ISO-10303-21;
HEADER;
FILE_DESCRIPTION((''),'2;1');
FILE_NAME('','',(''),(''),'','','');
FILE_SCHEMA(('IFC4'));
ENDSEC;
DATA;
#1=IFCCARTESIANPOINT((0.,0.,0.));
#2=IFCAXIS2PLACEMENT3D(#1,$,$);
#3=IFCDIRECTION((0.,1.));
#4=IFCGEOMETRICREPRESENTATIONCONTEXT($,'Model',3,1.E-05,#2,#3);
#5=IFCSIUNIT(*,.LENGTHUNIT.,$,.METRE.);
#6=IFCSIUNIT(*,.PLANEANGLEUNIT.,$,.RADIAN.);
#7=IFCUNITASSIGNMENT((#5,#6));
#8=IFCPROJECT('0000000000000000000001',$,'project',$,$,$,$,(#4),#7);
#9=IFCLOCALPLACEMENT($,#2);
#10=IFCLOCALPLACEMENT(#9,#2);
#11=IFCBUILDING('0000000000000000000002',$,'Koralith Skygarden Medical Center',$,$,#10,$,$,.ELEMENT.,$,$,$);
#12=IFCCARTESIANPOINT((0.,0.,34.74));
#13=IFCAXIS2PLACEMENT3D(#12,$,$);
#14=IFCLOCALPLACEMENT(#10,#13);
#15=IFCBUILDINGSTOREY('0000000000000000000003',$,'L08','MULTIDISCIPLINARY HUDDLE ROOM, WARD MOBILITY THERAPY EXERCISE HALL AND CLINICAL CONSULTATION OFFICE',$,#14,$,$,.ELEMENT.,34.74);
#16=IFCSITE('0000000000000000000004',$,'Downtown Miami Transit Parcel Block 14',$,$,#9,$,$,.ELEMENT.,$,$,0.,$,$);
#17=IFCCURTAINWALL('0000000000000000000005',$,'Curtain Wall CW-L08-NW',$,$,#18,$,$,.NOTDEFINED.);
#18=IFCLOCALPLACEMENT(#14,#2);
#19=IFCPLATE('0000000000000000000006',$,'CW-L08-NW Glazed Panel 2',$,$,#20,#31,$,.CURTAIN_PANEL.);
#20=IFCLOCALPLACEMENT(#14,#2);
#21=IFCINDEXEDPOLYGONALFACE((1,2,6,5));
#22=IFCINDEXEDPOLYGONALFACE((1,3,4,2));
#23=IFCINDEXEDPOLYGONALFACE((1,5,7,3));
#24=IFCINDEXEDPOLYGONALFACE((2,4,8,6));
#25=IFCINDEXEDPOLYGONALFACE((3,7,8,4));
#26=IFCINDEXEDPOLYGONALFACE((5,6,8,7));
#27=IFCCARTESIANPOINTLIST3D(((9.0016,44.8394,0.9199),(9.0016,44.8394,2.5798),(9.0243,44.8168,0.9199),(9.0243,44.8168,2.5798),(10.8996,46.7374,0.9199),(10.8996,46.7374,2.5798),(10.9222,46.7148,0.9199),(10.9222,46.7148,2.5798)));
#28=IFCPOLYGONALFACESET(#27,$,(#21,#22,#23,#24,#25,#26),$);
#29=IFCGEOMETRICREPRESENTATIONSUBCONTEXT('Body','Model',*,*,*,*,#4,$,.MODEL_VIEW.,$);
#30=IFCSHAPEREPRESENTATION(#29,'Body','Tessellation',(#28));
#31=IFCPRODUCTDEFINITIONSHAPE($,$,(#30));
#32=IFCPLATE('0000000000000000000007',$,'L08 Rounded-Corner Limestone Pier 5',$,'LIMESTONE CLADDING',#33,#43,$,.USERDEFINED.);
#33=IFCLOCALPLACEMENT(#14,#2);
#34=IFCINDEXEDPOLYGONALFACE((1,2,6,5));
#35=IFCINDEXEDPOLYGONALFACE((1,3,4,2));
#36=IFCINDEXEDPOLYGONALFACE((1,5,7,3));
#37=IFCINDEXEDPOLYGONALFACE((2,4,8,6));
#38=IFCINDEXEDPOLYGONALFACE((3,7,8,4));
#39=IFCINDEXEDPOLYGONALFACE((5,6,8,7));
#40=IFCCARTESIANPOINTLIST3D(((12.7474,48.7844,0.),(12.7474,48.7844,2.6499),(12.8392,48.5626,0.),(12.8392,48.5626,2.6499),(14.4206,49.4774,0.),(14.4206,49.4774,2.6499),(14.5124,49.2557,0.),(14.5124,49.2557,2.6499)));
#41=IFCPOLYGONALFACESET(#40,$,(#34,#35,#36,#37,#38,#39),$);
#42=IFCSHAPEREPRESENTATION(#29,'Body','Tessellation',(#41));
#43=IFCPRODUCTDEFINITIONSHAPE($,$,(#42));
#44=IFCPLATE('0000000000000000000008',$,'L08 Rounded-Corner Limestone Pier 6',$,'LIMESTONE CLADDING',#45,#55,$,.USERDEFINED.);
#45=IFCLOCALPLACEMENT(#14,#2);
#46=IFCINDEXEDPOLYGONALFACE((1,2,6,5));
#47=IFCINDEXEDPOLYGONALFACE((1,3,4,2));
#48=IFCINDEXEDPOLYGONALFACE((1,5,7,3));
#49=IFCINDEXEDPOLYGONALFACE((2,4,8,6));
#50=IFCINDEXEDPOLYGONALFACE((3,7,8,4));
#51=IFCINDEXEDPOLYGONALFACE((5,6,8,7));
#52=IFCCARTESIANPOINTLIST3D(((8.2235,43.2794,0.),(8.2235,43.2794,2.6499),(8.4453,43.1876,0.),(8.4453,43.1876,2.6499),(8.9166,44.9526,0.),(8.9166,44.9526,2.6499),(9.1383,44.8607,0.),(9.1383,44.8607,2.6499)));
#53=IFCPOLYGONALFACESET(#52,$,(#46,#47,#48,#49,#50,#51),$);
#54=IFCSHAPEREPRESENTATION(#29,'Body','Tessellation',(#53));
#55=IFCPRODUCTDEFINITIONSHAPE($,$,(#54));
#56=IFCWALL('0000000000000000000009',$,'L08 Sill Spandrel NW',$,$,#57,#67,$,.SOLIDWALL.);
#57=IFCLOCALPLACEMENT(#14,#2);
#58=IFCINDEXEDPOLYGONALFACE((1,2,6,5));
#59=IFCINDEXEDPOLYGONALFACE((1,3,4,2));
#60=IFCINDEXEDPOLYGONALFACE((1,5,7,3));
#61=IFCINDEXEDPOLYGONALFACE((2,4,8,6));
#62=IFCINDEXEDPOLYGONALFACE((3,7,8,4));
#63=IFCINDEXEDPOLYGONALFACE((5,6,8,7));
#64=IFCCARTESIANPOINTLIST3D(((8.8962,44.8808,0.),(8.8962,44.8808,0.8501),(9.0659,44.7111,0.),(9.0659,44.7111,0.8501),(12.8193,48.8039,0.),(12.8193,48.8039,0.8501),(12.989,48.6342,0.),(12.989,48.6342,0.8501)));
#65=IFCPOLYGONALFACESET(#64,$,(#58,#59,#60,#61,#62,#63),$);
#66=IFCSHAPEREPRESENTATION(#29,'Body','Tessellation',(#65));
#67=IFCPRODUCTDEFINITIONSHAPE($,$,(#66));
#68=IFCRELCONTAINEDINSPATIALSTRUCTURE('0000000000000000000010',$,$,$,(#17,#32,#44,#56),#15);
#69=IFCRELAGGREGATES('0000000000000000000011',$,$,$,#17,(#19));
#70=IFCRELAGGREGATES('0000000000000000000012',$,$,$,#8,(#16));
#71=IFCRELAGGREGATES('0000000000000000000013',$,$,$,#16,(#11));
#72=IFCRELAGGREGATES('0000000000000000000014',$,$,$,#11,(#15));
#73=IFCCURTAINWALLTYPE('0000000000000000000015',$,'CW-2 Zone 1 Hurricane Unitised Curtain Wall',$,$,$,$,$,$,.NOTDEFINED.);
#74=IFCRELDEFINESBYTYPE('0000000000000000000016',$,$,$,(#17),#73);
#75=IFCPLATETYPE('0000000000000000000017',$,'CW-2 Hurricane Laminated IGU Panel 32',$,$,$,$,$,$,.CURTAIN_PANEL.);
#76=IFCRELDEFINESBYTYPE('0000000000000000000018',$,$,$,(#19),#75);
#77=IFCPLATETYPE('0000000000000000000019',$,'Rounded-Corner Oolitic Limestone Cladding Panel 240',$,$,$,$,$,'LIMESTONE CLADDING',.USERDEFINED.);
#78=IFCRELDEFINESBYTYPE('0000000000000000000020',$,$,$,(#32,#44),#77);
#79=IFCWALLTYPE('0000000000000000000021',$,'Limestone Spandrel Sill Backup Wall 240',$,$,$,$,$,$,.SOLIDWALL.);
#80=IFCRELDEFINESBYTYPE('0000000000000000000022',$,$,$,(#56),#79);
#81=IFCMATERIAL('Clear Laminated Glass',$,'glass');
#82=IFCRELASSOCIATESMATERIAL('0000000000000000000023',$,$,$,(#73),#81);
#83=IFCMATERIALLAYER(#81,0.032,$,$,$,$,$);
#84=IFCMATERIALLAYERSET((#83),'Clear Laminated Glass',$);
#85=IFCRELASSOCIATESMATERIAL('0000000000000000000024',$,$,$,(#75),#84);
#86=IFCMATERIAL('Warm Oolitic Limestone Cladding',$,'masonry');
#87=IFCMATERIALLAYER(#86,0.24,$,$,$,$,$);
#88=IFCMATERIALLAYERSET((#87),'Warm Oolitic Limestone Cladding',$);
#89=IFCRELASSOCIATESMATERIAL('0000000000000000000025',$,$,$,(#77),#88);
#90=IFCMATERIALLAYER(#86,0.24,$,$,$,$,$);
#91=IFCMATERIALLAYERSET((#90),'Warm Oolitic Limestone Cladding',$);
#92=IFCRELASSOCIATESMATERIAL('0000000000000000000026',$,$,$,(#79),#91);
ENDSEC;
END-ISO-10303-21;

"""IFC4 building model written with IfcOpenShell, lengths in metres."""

from ifc_helpers import new_model, si_unit, direction, frame, frame_2d, origin, origin_2d, place, context, subcontext, project, spatial, rectangle, extrude, material, layer, layer_set, type_object, element, aggregate, save


model = new_model("IFC4")

# Units and contexts
model_context = context("Model", 3, precision=1e-05, world=origin(), true_north=direction((0.0, 1.0)))
body_context = subcontext(model_context, "Body", "Model", "MODEL_VIEW")
ifc_project = project(units=[si_unit("LENGTHUNIT", "METRE"), si_unit("PLANEANGLEUNIT", "RADIAN")], contexts=[model_context])

# Site, building, storey
site_placement = place(None, origin())
site = spatial("IfcSite", under=ifc_project, at=site_placement, Name="Downtown Miami Transit Parcel Block 14", CompositionType="ELEMENT", RefElevation=0.0)
building_placement = place(site_placement, origin())
building = spatial("IfcBuilding", under=site, at=building_placement, Name="Koralith Skygarden Medical Center", CompositionType="ELEMENT")
storey_placement = place(building_placement, frame((0.0, 0.0, 34.74)))
storey = spatial("IfcBuildingStorey", under=building, at=storey_placement, Name="L08", Description="MULTIDISCIPLINARY HUDDLE ROOM, WARD MOBILITY THERAPY EXERCISE HALL AND CLINICAL CONSULTATION OFFICE", CompositionType="ELEMENT", Elevation=34.74)

# Shared definitions
ifc_material_1 = material(Name="Clear Laminated Glass", Category="glass")
curtain_wall_type = type_object("IfcCurtainWallType", Name="CW-2 Zone 1 Hurricane Unitised Curtain Wall", PredefinedType="NOTDEFINED", material=ifc_material_1)

# Curtain wall
curtain_wall_1_placement = place(storey_placement, origin())
curtain_wall_1 = element("IfcCurtainWall", 1, at=curtain_wall_1_placement, inside=storey, type_object=curtain_wall_type, Name="Curtain Wall CW-L08-NW", PredefinedType="NOTDEFINED")

# Plate
ifc_layer_1 = layer(ifc_material_1, 0.032)
ifc_layer_set_1 = layer_set([ifc_layer_1], Name="Clear Laminated Glass")
plate_type_1 = type_object("IfcPlateType", Name="CW-2 Hurricane Laminated IGU Panel 32", PredefinedType="CURTAIN_PANEL", material=ifc_layer_set_1)
plate_1_placement = place(storey_placement, frame((9.9619, 45.7771, 0.9199), z_axis=(0.0, 0.0, 1.0), x_axis=(-0.707107, -0.707107, 0.0)))
plate_1 = element("IfcPlate", 2, at=plate_1_placement, type_object=plate_type_1, Name="CW-L08-NW Glazed Panel 2", PredefinedType="CURTAIN_PANEL", context=body_context, shape_type="SweptSolid", body=[
    extrude(rectangle(XDim=2.6841, YDim=0.032, at=origin_2d()), origin(), (0.0, 0.0, 1.0), 1.6599),
])
aggregate(curtain_wall_1, [plate_1])

# Plates
ifc_material_2 = material(Name="Warm Oolitic Limestone Cladding", Category="masonry")
ifc_layer_2 = layer(ifc_material_2, 0.24)
ifc_layer_set_2 = layer_set([ifc_layer_2], Name="Warm Oolitic Limestone Cladding")
plate_type_2 = type_object("IfcPlateType", Name="Rounded-Corner Oolitic Limestone Cladding Panel 240", ElementType="LIMESTONE CLADDING", PredefinedType="USERDEFINED", material=ifc_layer_set_2)
for number, where, z_axis, x_axis, name in (
    (3, (13.6299, 49.02, 0.0), (0.0, 0.0, 1.0), (-0.923885, -0.382671, 0.0), "L08 Rounded-Corner Limestone Pier 5"),
    (4, (8.6809, 44.0701, 0.0), (0.0, 0.0, 1.0), (-0.382671, -0.923885, 0.0), "L08 Rounded-Corner Limestone Pier 6"),
):
    element("IfcPlate", number, at=place(storey_placement, frame(where, z_axis=z_axis, x_axis=x_axis)), inside=storey, type_object=plate_type_2, Name=name, ObjectType="LIMESTONE CLADDING", PredefinedType="USERDEFINED", context=body_context, shape_type="SweptSolid", body=[
        extrude(rectangle(XDim=1.811, YDim=0.24, at=origin_2d()), origin(), (0.0, 0.0, 1.0), 2.6499),
    ])

# Wall
ifc_layer_3 = layer(ifc_material_2, 0.24)
ifc_layer_set_3 = layer_set([ifc_layer_3], Name="Warm Oolitic Limestone Cladding")
wall_type = type_object("IfcWallType", Name="Limestone Spandrel Sill Backup Wall 240", PredefinedType="SOLIDWALL", material=ifc_layer_set_3)
wall_placement = place(storey_placement, frame((12.9041, 48.719, 0.0), z_axis=(0.0, 0.0, 1.0), x_axis=(-0.707107, -0.707107, 0.0)))
element("IfcWall", 5, at=wall_placement, inside=storey, type_object=wall_type, Name="L08 Sill Spandrel NW", PredefinedType="SOLIDWALL", context=body_context, shape_type="SweptSolid", body=[
    extrude(rectangle(XDim=5.5481, YDim=0.24, at=frame_2d((2.7739, 0.0))), origin(), (0.0, 0.0, 1.0), 0.8501),
])

save(model, "model.ifc")
